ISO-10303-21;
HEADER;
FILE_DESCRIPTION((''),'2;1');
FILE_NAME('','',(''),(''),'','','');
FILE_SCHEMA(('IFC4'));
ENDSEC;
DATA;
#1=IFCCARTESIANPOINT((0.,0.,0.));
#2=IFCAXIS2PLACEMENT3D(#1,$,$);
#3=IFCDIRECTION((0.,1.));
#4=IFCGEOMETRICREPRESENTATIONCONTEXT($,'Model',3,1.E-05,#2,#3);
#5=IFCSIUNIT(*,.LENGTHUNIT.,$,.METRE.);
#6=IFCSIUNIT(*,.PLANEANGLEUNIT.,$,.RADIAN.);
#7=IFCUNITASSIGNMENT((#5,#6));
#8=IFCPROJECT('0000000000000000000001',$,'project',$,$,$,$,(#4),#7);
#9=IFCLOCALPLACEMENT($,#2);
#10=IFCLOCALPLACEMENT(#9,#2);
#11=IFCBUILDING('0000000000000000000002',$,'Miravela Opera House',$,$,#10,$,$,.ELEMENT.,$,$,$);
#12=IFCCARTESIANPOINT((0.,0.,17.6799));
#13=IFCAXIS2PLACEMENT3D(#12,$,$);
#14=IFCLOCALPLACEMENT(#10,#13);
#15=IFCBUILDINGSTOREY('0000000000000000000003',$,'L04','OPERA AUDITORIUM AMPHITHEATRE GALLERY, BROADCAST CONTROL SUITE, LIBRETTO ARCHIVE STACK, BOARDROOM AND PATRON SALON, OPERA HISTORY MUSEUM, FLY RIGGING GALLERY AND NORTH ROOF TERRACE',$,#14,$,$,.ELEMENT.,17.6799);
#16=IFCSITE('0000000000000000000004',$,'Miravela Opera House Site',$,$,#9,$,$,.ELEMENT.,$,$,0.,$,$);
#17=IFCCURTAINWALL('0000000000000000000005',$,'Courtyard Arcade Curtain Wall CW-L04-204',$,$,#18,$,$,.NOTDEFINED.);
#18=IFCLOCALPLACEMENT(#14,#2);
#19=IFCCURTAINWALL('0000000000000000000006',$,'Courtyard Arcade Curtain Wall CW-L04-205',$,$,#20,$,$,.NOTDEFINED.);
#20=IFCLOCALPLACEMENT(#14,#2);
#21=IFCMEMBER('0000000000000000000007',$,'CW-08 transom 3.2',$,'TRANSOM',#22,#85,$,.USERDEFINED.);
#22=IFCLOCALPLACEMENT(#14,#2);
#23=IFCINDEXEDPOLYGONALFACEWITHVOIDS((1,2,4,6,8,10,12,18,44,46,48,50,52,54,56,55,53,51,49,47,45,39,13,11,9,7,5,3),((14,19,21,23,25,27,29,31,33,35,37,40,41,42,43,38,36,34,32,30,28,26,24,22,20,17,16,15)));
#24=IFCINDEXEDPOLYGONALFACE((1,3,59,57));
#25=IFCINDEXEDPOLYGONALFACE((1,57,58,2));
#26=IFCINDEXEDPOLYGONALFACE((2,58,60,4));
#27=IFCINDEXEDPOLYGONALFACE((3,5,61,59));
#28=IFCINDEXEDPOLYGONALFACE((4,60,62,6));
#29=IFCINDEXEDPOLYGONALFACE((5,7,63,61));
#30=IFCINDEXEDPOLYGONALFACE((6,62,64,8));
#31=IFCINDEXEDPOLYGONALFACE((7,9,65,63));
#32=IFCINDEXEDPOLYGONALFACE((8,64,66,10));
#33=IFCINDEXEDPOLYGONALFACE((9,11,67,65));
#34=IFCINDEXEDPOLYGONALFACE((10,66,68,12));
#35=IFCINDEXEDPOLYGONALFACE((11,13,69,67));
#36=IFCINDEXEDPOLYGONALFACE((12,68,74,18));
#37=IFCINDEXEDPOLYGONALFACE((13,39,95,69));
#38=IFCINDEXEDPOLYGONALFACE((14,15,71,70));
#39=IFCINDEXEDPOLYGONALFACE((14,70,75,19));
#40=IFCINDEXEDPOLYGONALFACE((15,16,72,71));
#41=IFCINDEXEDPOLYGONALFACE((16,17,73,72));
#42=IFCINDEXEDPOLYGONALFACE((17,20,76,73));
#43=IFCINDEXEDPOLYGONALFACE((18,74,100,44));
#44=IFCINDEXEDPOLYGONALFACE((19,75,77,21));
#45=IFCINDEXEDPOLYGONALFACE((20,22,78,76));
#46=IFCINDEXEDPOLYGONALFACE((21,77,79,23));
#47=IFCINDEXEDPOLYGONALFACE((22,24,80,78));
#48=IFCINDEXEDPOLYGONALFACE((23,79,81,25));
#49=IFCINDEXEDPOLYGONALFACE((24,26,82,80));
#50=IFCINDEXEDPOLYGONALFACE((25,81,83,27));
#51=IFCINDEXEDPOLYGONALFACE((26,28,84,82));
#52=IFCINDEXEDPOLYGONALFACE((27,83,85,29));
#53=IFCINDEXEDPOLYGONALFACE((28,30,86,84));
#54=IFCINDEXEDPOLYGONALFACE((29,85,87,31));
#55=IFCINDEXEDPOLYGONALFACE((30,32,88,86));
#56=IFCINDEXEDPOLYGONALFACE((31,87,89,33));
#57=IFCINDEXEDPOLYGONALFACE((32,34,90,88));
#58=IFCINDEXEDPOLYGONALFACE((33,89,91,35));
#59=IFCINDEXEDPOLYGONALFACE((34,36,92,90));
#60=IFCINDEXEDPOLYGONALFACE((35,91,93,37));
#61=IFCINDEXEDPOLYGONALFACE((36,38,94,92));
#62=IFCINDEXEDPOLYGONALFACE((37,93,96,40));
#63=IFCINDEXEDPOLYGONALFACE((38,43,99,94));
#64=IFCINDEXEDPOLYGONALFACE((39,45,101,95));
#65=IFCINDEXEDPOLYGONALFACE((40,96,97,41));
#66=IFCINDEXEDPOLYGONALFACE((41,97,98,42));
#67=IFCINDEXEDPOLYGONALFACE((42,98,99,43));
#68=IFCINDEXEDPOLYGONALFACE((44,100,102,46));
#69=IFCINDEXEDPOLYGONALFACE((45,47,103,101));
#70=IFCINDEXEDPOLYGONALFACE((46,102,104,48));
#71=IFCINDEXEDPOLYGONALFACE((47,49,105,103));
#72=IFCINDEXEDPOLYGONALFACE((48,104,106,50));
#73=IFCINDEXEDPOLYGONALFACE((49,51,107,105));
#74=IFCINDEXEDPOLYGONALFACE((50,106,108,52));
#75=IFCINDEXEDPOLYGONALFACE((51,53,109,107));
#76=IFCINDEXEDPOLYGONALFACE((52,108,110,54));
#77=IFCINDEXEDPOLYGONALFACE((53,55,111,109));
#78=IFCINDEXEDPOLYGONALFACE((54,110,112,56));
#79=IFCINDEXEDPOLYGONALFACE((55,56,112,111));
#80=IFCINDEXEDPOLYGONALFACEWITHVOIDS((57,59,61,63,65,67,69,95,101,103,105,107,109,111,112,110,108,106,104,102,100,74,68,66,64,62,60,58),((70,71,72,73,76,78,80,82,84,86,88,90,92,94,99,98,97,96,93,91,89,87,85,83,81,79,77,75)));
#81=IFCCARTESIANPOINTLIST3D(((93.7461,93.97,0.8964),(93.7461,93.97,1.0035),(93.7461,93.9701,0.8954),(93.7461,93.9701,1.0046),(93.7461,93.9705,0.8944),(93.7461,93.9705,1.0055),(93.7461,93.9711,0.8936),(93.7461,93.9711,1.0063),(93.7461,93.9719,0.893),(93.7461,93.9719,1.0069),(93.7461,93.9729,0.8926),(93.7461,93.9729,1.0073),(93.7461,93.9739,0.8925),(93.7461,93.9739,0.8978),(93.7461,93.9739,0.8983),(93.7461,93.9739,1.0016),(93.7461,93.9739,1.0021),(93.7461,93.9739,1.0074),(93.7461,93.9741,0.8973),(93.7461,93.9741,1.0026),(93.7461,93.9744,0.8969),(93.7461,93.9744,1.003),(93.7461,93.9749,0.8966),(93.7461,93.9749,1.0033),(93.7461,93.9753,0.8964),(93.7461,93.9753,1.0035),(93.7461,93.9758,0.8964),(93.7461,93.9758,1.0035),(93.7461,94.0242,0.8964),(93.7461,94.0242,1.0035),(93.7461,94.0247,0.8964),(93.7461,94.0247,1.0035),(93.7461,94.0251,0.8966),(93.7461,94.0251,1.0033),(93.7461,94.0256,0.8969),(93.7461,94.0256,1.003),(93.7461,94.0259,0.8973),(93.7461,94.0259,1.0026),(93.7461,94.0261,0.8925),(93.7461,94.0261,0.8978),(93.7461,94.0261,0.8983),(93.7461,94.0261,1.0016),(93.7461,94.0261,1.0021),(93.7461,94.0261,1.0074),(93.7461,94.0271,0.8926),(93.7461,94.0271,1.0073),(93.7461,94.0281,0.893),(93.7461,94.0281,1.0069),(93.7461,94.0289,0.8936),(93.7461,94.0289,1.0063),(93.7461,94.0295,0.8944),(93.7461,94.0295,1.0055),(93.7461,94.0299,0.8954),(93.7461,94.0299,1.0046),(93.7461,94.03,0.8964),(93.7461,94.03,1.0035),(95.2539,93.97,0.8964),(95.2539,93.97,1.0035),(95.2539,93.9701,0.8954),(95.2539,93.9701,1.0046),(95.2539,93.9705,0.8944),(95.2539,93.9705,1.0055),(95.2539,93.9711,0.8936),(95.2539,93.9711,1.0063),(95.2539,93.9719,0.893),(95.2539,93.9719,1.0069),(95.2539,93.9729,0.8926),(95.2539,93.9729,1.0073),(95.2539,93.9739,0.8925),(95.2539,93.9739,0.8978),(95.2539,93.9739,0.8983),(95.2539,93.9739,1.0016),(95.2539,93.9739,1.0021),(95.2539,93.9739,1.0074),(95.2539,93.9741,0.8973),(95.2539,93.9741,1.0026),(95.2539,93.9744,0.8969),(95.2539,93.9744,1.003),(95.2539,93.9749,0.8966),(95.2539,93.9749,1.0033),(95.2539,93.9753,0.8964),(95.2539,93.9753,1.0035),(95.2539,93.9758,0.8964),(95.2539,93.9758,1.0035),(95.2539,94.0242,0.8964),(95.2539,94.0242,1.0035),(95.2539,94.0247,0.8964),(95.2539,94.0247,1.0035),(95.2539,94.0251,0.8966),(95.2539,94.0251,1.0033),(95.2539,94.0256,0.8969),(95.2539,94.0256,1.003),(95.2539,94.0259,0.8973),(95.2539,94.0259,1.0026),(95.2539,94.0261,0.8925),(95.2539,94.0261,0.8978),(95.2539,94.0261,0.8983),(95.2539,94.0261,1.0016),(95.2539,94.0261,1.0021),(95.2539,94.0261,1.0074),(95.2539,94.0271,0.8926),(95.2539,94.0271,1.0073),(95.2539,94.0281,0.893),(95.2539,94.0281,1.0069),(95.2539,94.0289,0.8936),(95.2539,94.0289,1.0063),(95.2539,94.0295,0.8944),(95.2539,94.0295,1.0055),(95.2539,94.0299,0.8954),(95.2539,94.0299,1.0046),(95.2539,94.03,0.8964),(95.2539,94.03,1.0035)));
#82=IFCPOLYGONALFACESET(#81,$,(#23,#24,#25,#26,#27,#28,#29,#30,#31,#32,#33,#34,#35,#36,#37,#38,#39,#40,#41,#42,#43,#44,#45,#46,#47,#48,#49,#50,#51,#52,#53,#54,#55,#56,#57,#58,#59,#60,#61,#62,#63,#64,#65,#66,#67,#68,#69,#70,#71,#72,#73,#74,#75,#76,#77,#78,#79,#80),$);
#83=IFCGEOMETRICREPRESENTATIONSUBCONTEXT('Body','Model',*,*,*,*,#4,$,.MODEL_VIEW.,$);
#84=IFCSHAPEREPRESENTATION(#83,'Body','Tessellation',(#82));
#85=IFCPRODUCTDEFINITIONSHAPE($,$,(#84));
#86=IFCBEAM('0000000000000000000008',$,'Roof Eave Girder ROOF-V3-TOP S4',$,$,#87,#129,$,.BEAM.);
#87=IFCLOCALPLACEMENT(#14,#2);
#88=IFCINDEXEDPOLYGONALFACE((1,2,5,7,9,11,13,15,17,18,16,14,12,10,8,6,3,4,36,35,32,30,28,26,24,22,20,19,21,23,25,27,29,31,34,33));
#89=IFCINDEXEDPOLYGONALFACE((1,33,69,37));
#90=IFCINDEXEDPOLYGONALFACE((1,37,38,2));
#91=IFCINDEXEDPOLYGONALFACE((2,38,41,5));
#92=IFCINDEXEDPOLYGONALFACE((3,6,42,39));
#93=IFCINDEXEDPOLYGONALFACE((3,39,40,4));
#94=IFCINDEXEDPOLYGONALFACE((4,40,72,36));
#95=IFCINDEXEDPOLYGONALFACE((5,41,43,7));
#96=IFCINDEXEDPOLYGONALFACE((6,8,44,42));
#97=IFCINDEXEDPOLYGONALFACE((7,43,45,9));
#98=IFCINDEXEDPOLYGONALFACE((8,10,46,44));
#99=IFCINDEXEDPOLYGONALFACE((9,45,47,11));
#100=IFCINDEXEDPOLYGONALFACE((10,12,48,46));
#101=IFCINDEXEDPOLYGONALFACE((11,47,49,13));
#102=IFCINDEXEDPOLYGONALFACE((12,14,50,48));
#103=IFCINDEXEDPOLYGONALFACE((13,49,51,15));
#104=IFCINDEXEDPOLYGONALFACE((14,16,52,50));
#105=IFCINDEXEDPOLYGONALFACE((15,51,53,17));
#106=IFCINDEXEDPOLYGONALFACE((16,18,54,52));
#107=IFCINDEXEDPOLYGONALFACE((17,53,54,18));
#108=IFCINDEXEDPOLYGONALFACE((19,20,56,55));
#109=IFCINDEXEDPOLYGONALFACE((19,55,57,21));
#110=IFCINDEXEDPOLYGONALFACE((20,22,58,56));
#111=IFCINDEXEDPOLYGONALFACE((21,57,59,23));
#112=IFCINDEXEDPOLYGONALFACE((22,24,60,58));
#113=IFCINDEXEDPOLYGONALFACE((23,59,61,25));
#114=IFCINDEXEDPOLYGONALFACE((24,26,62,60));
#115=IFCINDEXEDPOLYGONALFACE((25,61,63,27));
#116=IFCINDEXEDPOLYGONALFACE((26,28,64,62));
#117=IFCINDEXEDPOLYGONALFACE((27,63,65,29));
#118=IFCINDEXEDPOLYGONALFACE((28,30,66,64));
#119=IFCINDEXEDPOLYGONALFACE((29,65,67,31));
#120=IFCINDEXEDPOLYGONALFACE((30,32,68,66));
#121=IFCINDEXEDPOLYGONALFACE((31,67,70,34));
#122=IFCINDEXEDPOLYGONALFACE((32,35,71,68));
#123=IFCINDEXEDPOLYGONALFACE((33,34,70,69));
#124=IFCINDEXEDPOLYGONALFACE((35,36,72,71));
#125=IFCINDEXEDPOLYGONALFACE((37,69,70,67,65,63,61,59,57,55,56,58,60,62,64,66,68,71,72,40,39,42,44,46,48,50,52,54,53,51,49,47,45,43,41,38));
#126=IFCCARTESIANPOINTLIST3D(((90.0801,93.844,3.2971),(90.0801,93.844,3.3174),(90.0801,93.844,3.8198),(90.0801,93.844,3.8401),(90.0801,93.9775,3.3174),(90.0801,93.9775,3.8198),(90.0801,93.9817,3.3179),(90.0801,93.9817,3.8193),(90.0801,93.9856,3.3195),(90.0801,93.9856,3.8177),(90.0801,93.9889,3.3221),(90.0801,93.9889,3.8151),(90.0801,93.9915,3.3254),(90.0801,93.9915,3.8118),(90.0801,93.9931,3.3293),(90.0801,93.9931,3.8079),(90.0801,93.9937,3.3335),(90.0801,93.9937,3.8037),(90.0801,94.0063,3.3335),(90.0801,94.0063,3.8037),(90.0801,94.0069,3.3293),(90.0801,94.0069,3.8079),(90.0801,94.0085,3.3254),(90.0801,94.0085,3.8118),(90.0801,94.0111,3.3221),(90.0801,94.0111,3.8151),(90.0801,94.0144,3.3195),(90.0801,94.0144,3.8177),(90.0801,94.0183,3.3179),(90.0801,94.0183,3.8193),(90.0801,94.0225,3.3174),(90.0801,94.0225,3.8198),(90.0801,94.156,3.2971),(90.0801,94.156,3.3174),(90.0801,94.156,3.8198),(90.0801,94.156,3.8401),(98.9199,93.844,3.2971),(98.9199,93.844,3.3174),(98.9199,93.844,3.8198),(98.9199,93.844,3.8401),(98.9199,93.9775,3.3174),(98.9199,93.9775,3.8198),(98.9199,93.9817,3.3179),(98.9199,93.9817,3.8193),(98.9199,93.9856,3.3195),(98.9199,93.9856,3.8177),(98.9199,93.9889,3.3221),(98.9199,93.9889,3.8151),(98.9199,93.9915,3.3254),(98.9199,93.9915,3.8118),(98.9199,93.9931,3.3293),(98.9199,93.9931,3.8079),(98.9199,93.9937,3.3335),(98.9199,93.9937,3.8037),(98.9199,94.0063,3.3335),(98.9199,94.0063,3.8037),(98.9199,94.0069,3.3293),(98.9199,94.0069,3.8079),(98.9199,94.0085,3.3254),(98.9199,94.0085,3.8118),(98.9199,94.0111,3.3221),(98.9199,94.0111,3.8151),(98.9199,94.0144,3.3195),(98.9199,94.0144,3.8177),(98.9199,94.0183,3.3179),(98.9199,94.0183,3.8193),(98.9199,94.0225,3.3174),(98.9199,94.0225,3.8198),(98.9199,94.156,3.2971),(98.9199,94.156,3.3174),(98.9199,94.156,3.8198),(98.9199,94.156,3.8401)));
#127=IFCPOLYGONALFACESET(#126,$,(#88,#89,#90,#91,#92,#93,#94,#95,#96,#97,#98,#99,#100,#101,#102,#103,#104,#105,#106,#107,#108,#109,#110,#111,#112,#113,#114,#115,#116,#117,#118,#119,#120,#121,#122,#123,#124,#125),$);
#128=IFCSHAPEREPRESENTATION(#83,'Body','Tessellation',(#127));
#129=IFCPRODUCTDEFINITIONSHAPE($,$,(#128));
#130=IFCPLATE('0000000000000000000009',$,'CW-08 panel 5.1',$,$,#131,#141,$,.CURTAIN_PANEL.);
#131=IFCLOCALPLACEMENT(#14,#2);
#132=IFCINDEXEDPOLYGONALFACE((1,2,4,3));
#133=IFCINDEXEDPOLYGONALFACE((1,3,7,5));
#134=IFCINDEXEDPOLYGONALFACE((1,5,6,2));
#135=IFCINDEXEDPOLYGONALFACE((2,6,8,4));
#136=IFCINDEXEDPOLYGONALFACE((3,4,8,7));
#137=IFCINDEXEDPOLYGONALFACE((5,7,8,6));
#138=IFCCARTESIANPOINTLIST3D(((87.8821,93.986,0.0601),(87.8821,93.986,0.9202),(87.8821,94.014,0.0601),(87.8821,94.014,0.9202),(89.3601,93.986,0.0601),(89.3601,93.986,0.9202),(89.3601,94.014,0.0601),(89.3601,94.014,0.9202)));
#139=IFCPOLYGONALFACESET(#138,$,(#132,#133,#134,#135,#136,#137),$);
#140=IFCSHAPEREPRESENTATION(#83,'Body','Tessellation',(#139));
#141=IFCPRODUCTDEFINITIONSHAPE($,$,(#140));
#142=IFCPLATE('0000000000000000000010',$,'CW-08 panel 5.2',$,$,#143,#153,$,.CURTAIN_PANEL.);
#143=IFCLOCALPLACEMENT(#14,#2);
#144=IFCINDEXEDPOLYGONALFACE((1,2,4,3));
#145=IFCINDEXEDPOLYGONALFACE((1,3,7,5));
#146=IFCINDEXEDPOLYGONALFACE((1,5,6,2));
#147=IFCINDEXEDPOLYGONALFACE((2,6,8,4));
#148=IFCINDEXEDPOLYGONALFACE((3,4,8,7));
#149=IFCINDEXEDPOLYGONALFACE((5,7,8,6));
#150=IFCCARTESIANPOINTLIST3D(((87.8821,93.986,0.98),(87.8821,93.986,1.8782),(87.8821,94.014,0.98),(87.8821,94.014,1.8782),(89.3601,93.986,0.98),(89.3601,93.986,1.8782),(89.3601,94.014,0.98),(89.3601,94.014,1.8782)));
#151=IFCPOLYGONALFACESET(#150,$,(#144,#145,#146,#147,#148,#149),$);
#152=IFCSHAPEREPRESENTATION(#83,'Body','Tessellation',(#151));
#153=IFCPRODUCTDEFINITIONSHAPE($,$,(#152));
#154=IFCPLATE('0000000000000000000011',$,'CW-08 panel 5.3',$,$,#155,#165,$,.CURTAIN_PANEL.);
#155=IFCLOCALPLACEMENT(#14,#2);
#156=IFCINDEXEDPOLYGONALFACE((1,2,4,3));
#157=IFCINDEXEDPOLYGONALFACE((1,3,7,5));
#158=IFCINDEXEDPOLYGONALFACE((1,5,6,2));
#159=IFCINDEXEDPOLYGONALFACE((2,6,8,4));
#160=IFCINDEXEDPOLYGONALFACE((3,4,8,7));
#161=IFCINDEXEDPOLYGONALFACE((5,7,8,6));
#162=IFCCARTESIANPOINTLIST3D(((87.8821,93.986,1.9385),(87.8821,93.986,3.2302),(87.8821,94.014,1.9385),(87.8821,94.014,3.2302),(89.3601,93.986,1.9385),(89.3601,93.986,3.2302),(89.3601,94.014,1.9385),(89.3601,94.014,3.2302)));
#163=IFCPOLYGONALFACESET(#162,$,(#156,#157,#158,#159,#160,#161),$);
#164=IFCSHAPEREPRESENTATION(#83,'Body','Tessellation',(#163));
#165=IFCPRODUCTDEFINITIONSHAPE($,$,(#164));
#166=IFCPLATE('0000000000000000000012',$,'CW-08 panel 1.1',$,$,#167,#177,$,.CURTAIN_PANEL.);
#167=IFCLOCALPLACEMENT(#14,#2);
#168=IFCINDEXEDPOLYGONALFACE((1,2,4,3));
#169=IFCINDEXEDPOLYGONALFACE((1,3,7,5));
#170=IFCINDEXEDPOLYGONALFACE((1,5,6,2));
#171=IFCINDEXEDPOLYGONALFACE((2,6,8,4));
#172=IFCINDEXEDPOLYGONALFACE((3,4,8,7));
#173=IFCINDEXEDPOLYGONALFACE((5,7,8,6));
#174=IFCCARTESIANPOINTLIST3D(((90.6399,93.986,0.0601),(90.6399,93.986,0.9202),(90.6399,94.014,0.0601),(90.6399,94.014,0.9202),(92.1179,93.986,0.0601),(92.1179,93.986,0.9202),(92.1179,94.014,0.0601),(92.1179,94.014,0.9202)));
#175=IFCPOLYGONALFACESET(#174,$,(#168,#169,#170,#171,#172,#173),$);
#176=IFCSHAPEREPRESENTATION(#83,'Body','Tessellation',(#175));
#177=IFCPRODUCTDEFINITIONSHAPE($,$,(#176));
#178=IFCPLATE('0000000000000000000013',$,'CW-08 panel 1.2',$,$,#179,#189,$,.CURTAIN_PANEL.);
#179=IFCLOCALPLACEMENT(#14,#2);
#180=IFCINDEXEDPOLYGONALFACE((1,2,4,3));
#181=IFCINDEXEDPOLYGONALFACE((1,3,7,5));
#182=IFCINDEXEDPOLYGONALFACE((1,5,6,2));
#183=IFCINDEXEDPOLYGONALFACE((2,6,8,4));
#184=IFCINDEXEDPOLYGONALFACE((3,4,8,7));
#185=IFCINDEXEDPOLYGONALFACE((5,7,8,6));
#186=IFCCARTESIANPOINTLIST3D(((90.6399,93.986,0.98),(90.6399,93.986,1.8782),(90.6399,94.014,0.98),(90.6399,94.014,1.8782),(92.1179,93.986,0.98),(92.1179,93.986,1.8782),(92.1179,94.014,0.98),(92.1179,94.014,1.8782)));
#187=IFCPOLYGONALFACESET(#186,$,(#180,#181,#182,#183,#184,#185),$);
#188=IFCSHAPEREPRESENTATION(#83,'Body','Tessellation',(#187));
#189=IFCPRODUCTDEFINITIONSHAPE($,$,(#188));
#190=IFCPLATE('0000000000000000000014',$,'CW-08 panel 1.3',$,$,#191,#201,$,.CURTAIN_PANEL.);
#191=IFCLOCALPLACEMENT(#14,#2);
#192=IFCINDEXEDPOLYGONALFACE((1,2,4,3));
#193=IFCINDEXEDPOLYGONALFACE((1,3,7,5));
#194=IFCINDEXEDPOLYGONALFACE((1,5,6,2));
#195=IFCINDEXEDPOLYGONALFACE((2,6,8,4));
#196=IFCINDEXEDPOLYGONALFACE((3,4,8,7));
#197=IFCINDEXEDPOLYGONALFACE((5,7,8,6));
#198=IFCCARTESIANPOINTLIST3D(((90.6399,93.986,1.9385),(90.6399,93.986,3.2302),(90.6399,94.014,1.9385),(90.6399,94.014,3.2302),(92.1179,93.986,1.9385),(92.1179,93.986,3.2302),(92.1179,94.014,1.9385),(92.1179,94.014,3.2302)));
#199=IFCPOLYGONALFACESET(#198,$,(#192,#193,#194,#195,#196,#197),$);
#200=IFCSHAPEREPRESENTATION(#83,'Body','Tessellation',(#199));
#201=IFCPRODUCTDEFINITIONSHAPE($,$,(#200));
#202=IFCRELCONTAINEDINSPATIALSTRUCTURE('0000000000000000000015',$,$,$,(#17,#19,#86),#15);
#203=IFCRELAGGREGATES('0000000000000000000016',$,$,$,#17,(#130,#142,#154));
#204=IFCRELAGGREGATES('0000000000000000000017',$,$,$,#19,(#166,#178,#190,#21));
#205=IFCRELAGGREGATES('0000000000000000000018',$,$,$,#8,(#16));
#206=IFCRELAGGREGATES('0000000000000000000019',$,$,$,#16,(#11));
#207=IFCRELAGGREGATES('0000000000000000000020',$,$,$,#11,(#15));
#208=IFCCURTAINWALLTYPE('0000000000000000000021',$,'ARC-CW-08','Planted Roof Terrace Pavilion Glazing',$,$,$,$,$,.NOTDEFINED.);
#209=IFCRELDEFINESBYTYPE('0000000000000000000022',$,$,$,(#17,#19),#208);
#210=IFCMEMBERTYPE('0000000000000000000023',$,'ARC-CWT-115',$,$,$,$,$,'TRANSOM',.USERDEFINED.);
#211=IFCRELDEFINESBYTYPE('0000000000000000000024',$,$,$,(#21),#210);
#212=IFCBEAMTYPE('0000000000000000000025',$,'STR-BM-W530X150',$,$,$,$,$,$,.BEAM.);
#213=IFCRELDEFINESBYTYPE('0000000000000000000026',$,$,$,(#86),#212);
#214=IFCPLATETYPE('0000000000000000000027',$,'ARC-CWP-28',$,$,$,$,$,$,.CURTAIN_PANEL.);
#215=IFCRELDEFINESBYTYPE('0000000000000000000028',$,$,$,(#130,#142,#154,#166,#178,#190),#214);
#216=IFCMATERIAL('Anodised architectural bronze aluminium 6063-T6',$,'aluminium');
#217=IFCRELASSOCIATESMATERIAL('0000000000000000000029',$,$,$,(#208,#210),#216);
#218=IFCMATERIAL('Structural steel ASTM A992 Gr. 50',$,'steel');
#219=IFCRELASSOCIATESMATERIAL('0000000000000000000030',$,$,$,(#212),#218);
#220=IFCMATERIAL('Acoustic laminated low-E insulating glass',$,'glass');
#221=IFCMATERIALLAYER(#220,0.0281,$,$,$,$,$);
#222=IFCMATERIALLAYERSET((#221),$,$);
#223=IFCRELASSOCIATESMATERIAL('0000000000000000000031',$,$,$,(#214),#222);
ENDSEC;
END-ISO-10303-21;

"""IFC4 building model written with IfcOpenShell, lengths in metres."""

from ifc_helpers import new_model, si_unit, direction, frame, origin, origin_2d, place, context, subcontext, project, spatial, rectangle, hollow_rectangle, i_section, extrude, material, layer, layer_set, material_profile, profile_set, type_object, element, aggregate, save


model = new_model("IFC4")

# Units and contexts
model_context = context("Model", 3, precision=1e-05, world=origin(), true_north=direction((0.0, 1.0)))
body_context = subcontext(model_context, "Body", "Model", "MODEL_VIEW")
ifc_project = project(units=[si_unit("LENGTHUNIT", "METRE"), si_unit("PLANEANGLEUNIT", "RADIAN")], contexts=[model_context])

# Site, building, storey
site_placement = place(None, origin())
site = spatial("IfcSite", under=ifc_project, at=site_placement, Name="Miravela Opera House Site", CompositionType="ELEMENT", RefElevation=0.0)
building_placement = place(site_placement, origin())
building = spatial("IfcBuilding", under=site, at=building_placement, Name="Miravela Opera House", CompositionType="ELEMENT")
storey_placement = place(building_placement, frame((0.0, 0.0, 17.6799)))
storey = spatial("IfcBuildingStorey", under=building, at=storey_placement, Name="L04", Description="OPERA AUDITORIUM AMPHITHEATRE GALLERY, BROADCAST CONTROL SUITE, LIBRETTO ARCHIVE STACK, BOARDROOM AND PATRON SALON, OPERA HISTORY MUSEUM, FLY RIGGING GALLERY AND NORTH ROOF TERRACE", CompositionType="ELEMENT", Elevation=17.6799)

# Curtain wall
ifc_material_1 = material(Name="Anodised architectural bronze aluminium 6063-T6", Category="aluminium")
curtain_wall_type = type_object("IfcCurtainWallType", Name="ARC-CW-08", Description="Planted Roof Terrace Pavilion Glazing", PredefinedType="NOTDEFINED", material=ifc_material_1)
curtain_wall_1_placement = place(storey_placement, origin())
curtain_wall_1 = element("IfcCurtainWall", 1, at=curtain_wall_1_placement, inside=storey, type_object=curtain_wall_type, Name="Courtyard Arcade Curtain Wall CW-L04-204", PredefinedType="NOTDEFINED")

# Curtain wall
curtain_wall_2_placement = place(storey_placement, origin())
curtain_wall_2 = element("IfcCurtainWall", 2, at=curtain_wall_2_placement, inside=storey, type_object=curtain_wall_type, Name="Courtyard Arcade Curtain Wall CW-L04-205", PredefinedType="NOTDEFINED")

# Member
ifc_material_profile_1 = material_profile(ifc_material_1, hollow_rectangle(XDim=0.0601, YDim=0.115, WallThickness=0.0039, InnerFilletRadius=0.002, OuterFilletRadius=0.0039, at=origin_2d()), Name="CWT-60X115")
ifc_profile_set_1 = profile_set([ifc_material_profile_1])
member_type_1 = type_object("IfcMemberType", Name="ARC-CWT-115", ElementType="TRANSOM", PredefinedType="USERDEFINED", material=ifc_profile_set_1)
member_1_placement = place(storey_placement, frame((93.7461, 94.0, 0.95), z_axis=(1.0, 0.0, 0.0), x_axis=(0.0, 1.0, 0.0)))
member_1 = element("IfcMember", 3, at=member_1_placement, type_object=member_type_1, Name="CW-08 transom 3.2", ObjectType="TRANSOM", PredefinedType="USERDEFINED", context=body_context, shape_type="SweptSolid", body=[
    extrude(hollow_rectangle(XDim=0.0601, YDim=0.115, WallThickness=0.0039, InnerFilletRadius=0.002, OuterFilletRadius=0.0039, at=origin_2d()), origin(), (0.0, 0.0, 1.0), 1.5078),
])

# Beam
ifc_material_2 = material(Name="Structural steel ASTM A992 Gr. 50", Category="steel")
ifc_material_profile_2 = material_profile(ifc_material_2, i_section(OverallWidth=0.312, OverallDepth=0.543, WebThickness=0.0127, FlangeThickness=0.0203, FilletRadius=0.0161, at=origin_2d()), Name="W530X150")
ifc_profile_set_2 = profile_set([ifc_material_profile_2])
beam_type = type_object("IfcBeamType", Name="STR-BM-W530X150", PredefinedType="BEAM", material=ifc_profile_set_2)
beam_placement = place(storey_placement, frame((90.0801, 94.0, 3.5686), z_axis=(1.0, 0.0, 0.0), x_axis=(0.0, 1.0, 0.0)))
element("IfcBeam", 4, at=beam_placement, inside=storey, type_object=beam_type, Name="Roof Eave Girder ROOF-V3-TOP S4", PredefinedType="BEAM", context=body_context, shape_type="SweptSolid", body=[
    extrude(i_section(OverallWidth=0.312, OverallDepth=0.543, WebThickness=0.0127, FlangeThickness=0.0203, FilletRadius=0.0161, at=origin_2d()), origin(), (0.0, 0.0, 1.0), 8.8398),
])

# Plates
ifc_material_3 = material(Name="Acoustic laminated low-E insulating glass", Category="glass")
ifc_layer = layer(ifc_material_3, 0.0281)
ifc_layer_set = layer_set([ifc_layer])
plate_type = type_object("IfcPlateType", Name="ARC-CWP-28", PredefinedType="CURTAIN_PANEL", material=ifc_layer_set)
plate_1_placement = place(storey_placement, frame((88.6211, 94.0, 0.0601), z_axis=(0.0, 0.0, 1.0), x_axis=(1.0, 0.0, 0.0)))
plate_1 = element("IfcPlate", 5, at=plate_1_placement, type_object=plate_type, Name="CW-08 panel 5.1", PredefinedType="CURTAIN_PANEL", context=body_context, shape_type="SweptSolid", body=[
    extrude(rectangle(XDim=1.478, YDim=0.0281, at=origin_2d()), origin(), (0.0, 0.0, 1.0), 0.8601),
])
plate_2_placement = place(storey_placement, frame((88.6211, 94.0, 0.98), z_axis=(0.0, 0.0, 1.0), x_axis=(1.0, 0.0, 0.0)))
plate_2 = element("IfcPlate", 6, at=plate_2_placement, type_object=plate_type, Name="CW-08 panel 5.2", PredefinedType="CURTAIN_PANEL", context=body_context, shape_type="SweptSolid", body=[
    extrude(rectangle(XDim=1.478, YDim=0.0281, at=origin_2d()), origin(), (0.0, 0.0, 1.0), 0.8982),
])
plate_3_placement = place(storey_placement, frame((88.6211, 94.0, 1.9385), z_axis=(0.0, 0.0, 1.0), x_axis=(1.0, 0.0, 0.0)))
plate_3 = element("IfcPlate", 7, at=plate_3_placement, type_object=plate_type, Name="CW-08 panel 5.3", PredefinedType="CURTAIN_PANEL", context=body_context, shape_type="SweptSolid", body=[
    extrude(rectangle(XDim=1.478, YDim=0.0281, at=origin_2d()), origin(), (0.0, 0.0, 1.0), 1.2917),
])
aggregate(curtain_wall_1, [plate_1, plate_2, plate_3])
plate_4_placement = place(storey_placement, frame((91.3789, 94.0, 0.0601), z_axis=(0.0, 0.0, 1.0), x_axis=(1.0, 0.0, 0.0)))
plate_4 = element("IfcPlate", 8, at=plate_4_placement, type_object=plate_type, Name="CW-08 panel 1.1", PredefinedType="CURTAIN_PANEL", context=body_context, shape_type="SweptSolid", body=[
    extrude(rectangle(XDim=1.478, YDim=0.0281, at=origin_2d()), origin(), (0.0, 0.0, 1.0), 0.8601),
])
plate_5_placement = place(storey_placement, frame((91.3789, 94.0, 0.98), z_axis=(0.0, 0.0, 1.0), x_axis=(1.0, 0.0, 0.0)))
plate_5 = element("IfcPlate", 9, at=plate_5_placement, type_object=plate_type, Name="CW-08 panel 1.2", PredefinedType="CURTAIN_PANEL", context=body_context, shape_type="SweptSolid", body=[
    extrude(rectangle(XDim=1.478, YDim=0.0281, at=origin_2d()), origin(), (0.0, 0.0, 1.0), 0.8982),
])
plate_6_placement = place(storey_placement, frame((91.3789, 94.0, 1.9385), z_axis=(0.0, 0.0, 1.0), x_axis=(1.0, 0.0, 0.0)))
plate_6 = element("IfcPlate", 10, at=plate_6_placement, type_object=plate_type, Name="CW-08 panel 1.3", PredefinedType="CURTAIN_PANEL", context=body_context, shape_type="SweptSolid", body=[
    extrude(rectangle(XDim=1.478, YDim=0.0281, at=origin_2d()), origin(), (0.0, 0.0, 1.0), 1.2917),
])
aggregate(curtain_wall_2, [plate_4, plate_5, plate_6, member_1])

save(model, "model.ifc")
